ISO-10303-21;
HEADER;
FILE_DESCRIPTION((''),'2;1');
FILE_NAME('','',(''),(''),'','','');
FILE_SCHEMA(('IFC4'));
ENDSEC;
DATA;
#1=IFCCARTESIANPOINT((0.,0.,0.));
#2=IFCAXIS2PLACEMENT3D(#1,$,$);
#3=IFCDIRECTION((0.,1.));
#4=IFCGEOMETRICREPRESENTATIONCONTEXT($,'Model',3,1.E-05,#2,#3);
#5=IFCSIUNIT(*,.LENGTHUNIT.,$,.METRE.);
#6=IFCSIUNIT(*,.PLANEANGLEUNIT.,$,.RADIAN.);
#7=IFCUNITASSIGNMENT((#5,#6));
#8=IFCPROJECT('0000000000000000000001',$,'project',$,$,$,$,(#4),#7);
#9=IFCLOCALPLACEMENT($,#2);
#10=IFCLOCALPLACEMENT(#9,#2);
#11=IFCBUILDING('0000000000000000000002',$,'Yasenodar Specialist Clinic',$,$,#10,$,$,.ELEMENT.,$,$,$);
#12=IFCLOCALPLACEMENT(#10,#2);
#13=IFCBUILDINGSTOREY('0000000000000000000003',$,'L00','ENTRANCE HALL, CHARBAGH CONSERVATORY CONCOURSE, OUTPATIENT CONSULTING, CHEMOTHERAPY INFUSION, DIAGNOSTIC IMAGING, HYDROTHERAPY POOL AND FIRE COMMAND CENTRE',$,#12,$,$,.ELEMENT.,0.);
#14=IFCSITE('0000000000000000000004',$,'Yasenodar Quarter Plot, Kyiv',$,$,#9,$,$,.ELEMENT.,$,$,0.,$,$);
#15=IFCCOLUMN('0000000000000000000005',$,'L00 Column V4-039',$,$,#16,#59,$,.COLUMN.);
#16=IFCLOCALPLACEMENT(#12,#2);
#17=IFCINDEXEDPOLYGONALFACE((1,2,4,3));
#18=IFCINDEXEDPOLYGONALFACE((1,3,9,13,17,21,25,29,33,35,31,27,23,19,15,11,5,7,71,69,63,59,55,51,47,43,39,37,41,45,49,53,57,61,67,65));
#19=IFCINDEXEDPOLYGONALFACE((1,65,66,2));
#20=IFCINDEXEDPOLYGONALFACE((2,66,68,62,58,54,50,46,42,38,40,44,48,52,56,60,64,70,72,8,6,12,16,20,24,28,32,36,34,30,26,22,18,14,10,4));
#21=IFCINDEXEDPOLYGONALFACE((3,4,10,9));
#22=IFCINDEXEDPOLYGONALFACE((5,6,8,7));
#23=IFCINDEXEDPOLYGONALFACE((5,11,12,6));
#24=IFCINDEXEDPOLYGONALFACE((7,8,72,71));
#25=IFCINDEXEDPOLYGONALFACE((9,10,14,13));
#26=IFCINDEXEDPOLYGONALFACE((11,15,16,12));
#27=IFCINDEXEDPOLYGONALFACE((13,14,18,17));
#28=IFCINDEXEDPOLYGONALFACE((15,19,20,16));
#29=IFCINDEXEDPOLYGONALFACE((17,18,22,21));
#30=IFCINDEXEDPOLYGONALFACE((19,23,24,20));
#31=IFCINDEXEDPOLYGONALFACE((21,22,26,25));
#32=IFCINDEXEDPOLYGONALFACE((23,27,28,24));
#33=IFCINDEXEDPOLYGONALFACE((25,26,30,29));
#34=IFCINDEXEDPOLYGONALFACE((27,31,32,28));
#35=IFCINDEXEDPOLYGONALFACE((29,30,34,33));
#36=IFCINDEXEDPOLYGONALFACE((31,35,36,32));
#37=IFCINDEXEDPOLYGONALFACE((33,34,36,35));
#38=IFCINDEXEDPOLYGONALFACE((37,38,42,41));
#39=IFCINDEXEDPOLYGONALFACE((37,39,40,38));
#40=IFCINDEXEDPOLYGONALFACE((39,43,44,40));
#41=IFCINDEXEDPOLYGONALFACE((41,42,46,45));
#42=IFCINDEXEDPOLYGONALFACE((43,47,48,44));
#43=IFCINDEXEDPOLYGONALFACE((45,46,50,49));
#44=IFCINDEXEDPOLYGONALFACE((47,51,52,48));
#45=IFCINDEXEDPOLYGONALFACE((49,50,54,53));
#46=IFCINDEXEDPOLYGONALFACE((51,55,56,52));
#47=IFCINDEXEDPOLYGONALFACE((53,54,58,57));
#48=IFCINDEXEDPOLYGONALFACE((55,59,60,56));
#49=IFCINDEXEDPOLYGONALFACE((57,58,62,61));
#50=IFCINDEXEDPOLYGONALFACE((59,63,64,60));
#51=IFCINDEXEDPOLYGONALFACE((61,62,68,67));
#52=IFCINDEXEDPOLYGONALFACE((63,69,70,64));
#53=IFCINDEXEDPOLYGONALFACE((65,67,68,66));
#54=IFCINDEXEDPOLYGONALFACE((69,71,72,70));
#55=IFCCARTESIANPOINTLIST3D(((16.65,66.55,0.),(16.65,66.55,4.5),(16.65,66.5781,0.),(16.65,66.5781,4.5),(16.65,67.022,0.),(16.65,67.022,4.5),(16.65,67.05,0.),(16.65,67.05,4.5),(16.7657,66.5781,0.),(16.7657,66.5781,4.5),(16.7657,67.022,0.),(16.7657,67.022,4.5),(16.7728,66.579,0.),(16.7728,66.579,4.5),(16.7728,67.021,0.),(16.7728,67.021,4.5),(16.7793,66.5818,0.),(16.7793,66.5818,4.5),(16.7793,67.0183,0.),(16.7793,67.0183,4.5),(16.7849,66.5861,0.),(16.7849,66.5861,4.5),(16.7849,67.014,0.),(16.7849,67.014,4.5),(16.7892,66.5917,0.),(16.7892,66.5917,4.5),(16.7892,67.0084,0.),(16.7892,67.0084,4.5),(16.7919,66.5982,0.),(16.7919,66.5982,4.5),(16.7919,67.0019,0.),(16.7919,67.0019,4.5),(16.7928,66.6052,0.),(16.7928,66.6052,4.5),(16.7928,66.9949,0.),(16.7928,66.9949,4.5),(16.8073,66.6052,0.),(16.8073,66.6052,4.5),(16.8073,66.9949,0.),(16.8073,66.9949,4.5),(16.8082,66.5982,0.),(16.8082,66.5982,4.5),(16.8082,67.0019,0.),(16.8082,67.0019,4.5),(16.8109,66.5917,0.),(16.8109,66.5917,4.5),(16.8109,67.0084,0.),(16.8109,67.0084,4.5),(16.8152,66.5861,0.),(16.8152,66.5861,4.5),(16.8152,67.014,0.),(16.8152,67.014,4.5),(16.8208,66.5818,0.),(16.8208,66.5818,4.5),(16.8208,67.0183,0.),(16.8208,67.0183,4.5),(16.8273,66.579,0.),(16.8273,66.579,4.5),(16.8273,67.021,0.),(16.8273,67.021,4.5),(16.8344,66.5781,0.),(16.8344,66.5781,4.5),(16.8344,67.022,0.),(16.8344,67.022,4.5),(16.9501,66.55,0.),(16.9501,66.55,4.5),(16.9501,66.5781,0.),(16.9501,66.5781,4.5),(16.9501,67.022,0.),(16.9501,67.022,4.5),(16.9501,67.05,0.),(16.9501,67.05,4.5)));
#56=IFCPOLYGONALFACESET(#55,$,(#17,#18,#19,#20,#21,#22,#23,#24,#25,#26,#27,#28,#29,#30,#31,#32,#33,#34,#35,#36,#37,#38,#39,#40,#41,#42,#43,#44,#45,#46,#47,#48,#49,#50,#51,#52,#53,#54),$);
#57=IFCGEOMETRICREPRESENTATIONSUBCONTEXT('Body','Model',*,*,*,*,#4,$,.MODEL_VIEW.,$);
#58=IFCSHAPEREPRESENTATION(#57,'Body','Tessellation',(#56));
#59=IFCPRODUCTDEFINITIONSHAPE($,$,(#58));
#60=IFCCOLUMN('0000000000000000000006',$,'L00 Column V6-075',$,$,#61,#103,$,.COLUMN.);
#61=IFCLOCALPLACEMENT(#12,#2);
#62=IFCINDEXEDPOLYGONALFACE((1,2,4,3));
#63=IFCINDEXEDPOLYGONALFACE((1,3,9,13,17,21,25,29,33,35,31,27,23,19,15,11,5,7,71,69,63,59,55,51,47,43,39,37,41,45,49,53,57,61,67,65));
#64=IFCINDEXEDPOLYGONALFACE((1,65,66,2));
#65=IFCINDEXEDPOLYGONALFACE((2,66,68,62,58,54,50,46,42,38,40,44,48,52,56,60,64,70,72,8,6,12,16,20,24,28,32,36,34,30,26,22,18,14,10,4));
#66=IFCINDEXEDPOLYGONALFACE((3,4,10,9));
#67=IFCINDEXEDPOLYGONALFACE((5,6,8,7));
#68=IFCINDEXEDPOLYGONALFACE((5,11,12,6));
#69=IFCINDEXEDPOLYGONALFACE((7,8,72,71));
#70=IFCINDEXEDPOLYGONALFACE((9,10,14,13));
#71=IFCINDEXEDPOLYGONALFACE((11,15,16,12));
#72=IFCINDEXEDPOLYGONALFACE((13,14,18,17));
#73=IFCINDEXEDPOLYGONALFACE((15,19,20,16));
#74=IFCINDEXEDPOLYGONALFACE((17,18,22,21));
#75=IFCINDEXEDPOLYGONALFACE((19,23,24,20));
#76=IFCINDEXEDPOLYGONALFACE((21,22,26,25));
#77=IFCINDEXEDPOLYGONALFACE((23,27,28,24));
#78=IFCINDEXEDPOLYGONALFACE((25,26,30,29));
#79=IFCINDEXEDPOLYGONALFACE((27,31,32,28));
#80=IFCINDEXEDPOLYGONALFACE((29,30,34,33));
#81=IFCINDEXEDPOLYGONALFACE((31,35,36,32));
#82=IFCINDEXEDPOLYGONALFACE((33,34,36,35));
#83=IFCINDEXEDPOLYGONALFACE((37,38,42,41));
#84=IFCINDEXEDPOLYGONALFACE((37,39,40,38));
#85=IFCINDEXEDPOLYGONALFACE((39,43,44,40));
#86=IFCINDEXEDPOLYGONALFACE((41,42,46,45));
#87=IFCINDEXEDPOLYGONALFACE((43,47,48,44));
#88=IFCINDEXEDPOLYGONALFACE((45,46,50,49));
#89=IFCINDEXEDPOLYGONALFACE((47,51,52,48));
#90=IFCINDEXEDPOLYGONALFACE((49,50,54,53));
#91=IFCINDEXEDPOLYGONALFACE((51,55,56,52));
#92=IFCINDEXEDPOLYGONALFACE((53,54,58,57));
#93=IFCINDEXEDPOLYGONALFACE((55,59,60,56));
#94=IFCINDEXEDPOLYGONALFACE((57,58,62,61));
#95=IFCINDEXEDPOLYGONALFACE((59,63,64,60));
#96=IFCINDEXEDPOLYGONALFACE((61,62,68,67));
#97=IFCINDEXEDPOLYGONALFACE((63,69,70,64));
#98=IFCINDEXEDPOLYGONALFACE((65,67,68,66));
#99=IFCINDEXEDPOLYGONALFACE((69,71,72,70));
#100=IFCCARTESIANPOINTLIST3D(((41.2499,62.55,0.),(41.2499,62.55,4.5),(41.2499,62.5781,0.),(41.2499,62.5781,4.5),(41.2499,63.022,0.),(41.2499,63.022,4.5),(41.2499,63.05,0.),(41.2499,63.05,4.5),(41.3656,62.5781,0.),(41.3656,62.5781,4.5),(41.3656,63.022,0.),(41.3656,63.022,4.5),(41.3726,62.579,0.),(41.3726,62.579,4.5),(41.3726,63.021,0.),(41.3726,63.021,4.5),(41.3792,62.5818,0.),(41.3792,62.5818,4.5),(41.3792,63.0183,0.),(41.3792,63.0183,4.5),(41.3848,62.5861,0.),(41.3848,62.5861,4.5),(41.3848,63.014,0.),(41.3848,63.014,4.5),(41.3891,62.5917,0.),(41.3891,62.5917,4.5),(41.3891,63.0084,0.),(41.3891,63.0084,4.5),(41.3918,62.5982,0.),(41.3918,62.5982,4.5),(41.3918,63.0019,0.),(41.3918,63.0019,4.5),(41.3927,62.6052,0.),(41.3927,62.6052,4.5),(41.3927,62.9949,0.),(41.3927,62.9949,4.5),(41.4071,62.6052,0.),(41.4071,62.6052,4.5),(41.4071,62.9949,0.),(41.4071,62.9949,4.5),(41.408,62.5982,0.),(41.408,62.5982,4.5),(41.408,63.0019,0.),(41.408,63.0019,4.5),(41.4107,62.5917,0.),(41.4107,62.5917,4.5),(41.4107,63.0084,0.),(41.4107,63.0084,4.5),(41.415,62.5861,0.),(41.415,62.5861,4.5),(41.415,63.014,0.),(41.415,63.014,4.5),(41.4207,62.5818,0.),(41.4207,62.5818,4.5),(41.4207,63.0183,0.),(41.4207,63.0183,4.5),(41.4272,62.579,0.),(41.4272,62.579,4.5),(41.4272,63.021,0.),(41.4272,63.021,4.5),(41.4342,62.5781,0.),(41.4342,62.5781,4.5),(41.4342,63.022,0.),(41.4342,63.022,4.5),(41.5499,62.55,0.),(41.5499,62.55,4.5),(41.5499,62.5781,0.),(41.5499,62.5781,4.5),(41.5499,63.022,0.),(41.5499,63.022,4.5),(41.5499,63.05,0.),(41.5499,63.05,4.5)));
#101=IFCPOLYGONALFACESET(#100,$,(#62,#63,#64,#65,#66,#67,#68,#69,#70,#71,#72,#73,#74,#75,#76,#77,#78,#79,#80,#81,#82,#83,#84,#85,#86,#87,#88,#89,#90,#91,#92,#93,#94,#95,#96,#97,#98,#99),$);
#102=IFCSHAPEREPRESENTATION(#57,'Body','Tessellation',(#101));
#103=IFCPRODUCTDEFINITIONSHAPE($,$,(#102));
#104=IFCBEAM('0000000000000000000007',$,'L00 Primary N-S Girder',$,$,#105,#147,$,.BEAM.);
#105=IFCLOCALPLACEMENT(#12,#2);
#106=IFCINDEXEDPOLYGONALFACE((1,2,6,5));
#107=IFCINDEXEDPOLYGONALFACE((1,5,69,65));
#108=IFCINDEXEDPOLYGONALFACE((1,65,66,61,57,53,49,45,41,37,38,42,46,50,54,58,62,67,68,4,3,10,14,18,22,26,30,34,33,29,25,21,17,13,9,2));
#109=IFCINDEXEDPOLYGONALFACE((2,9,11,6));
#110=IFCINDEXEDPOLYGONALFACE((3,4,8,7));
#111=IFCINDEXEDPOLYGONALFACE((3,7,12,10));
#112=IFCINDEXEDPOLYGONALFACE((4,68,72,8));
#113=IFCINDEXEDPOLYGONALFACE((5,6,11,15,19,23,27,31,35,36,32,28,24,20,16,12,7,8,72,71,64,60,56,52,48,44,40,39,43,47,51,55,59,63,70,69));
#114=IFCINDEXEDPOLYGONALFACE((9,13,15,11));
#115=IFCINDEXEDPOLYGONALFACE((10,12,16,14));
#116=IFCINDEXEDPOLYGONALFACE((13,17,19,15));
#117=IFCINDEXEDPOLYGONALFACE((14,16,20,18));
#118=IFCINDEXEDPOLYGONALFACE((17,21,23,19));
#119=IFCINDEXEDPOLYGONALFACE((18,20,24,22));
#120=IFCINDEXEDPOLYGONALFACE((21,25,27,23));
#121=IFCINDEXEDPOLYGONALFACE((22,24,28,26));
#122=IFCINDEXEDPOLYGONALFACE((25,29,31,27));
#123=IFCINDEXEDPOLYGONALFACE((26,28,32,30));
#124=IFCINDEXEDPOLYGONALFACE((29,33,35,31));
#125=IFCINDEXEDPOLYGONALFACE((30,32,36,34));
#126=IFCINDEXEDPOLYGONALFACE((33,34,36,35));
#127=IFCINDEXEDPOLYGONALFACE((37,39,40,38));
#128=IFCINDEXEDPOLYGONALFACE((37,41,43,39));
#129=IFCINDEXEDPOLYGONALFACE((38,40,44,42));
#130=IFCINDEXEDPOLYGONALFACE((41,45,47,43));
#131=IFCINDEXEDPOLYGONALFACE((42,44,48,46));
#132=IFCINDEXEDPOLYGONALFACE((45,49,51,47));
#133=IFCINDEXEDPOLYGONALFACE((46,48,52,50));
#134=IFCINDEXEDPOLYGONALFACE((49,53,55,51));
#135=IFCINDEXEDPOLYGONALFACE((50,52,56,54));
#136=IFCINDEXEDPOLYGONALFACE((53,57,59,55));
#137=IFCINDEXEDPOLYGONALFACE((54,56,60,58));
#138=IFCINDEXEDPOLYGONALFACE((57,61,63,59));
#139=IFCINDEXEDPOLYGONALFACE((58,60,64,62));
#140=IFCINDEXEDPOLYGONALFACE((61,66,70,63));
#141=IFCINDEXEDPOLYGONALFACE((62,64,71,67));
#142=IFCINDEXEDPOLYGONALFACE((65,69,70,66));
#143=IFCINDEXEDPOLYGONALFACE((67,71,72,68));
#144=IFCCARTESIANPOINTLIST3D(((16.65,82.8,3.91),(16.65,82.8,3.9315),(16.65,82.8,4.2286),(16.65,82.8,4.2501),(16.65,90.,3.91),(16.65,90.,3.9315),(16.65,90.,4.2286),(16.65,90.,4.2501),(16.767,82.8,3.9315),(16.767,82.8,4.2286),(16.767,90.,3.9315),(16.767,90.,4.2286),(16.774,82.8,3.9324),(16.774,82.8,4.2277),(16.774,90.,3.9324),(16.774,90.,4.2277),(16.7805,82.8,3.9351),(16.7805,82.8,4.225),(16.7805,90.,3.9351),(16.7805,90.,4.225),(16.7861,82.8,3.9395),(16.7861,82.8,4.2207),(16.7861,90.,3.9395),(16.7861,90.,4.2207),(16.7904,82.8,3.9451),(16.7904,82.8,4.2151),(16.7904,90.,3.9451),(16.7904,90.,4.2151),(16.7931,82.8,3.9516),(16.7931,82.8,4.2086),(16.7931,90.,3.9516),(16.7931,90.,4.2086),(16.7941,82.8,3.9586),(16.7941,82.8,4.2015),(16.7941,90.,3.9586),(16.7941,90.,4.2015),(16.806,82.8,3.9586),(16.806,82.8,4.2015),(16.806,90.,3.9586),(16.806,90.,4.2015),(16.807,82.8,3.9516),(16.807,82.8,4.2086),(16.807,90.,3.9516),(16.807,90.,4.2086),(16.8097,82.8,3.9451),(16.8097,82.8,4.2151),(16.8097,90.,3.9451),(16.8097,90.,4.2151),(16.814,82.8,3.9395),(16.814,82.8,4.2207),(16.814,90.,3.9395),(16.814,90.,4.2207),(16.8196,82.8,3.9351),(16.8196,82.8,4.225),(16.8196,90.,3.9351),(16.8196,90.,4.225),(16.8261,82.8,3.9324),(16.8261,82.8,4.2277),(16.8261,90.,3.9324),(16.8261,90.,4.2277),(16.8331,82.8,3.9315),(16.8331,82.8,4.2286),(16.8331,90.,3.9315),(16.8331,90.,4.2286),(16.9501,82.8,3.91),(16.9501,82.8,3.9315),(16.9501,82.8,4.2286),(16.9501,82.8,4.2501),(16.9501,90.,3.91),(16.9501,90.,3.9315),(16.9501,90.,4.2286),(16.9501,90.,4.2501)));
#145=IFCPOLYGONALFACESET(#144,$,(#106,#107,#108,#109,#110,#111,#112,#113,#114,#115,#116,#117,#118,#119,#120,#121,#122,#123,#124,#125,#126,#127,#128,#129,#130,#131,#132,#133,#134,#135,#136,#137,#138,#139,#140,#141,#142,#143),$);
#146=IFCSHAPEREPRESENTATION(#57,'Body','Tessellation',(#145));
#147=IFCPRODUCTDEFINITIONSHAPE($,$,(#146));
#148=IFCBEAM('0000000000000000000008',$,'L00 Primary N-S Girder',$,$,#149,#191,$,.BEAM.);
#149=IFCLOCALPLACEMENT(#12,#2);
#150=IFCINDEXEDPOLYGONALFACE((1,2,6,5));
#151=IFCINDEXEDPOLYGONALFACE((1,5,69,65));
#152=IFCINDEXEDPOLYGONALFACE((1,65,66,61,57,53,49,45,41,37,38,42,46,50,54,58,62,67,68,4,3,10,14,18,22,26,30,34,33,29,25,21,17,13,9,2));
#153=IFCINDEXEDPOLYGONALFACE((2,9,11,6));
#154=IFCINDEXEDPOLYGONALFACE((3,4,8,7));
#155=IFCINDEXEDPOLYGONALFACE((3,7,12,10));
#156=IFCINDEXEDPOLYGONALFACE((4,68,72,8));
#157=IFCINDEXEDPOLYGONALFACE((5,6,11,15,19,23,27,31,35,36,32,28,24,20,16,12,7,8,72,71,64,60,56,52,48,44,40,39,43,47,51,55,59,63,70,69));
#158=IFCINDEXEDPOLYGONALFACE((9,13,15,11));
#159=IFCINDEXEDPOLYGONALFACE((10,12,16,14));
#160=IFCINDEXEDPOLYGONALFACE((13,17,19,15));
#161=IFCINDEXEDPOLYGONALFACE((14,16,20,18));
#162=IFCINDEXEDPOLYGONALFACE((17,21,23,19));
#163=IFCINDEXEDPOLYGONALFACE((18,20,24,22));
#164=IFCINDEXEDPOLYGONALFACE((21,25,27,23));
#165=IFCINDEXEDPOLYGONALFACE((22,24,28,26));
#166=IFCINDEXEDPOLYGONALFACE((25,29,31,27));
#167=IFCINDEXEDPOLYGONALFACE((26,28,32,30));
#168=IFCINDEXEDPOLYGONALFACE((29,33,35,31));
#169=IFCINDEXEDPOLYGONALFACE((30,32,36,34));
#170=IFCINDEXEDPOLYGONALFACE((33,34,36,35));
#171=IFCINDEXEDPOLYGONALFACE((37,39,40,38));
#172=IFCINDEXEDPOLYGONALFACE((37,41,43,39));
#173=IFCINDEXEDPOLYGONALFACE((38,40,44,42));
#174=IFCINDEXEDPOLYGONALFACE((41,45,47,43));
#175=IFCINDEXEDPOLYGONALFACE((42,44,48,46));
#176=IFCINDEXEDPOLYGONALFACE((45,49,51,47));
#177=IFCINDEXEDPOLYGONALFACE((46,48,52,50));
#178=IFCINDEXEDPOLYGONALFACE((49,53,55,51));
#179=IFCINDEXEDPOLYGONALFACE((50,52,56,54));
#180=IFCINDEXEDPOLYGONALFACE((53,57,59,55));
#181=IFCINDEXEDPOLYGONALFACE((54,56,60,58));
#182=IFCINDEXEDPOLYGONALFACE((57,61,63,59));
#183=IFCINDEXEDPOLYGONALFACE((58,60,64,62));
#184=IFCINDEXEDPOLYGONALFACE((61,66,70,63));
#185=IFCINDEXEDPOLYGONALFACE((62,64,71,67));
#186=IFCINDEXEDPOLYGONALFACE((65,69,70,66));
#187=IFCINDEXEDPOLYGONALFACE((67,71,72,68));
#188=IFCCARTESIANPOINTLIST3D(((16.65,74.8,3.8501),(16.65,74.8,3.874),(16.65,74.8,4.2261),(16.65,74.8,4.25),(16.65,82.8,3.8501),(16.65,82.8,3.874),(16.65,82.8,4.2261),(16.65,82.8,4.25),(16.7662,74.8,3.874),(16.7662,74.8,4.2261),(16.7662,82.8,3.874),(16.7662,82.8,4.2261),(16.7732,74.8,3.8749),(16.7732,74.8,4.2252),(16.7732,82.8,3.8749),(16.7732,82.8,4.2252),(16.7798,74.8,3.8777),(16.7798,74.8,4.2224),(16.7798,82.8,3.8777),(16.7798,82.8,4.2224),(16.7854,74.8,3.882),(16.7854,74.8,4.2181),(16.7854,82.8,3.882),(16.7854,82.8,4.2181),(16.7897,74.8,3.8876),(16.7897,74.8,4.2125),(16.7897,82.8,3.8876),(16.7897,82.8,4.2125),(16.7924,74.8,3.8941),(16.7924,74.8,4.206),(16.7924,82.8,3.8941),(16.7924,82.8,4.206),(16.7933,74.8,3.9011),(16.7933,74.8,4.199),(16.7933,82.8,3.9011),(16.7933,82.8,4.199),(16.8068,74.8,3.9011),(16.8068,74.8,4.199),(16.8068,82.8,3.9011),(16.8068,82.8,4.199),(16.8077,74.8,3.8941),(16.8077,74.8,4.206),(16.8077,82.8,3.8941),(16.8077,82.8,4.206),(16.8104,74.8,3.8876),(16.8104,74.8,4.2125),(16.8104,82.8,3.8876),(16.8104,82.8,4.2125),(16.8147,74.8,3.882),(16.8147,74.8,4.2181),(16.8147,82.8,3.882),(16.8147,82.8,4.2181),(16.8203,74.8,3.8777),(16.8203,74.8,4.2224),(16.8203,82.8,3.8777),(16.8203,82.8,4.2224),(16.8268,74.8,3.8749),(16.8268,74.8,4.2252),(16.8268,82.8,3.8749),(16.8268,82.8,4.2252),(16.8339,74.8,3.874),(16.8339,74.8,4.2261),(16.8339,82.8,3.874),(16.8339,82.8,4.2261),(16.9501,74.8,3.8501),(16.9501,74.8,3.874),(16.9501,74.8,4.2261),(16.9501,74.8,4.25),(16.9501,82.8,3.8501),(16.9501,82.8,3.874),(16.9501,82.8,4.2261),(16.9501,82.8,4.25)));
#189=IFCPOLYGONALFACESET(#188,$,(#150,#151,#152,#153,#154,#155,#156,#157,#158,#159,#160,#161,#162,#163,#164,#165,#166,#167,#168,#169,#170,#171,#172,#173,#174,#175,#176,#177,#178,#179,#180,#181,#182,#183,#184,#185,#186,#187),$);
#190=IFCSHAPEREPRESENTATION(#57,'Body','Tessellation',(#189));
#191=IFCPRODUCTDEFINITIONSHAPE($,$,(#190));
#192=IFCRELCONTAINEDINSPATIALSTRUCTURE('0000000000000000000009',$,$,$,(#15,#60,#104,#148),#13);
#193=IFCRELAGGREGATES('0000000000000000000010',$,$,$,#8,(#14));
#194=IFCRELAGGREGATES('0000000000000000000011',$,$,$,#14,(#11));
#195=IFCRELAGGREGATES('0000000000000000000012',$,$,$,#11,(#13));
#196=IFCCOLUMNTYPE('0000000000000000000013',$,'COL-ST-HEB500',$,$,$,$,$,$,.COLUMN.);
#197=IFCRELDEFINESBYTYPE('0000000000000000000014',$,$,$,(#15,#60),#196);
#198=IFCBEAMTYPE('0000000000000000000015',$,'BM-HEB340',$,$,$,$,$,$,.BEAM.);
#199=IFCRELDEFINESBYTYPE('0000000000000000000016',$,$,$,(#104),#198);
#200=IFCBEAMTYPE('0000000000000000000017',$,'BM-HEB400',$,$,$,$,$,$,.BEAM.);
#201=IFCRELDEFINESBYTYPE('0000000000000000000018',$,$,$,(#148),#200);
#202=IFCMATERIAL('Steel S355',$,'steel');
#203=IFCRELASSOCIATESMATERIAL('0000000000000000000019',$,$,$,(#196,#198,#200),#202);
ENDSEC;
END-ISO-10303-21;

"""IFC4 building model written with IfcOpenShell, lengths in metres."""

from ifc_helpers import new_model, si_unit, direction, frame, origin, origin_2d, place, context, subcontext, project, spatial, i_section, extrude, material, material_profile, profile_set, type_object, element, save


model = new_model("IFC4")

# Units and contexts
model_context = context("Model", 3, precision=1e-05, world=origin(), true_north=direction((0.0, 1.0)))
body_context = subcontext(model_context, "Body", "Model", "MODEL_VIEW")
ifc_project = project(units=[si_unit("LENGTHUNIT", "METRE"), si_unit("PLANEANGLEUNIT", "RADIAN")], contexts=[model_context])

# Site, building, storey
site_placement = place(None, origin())
site = spatial("IfcSite", under=ifc_project, at=site_placement, Name="Yasenodar Quarter Plot, Kyiv", CompositionType="ELEMENT", RefElevation=0.0)
building_placement = place(site_placement, origin())
building = spatial("IfcBuilding", under=site, at=building_placement, Name="Yasenodar Specialist Clinic", CompositionType="ELEMENT")
storey_placement = place(building_placement, origin())
storey = spatial("IfcBuildingStorey", under=building, at=storey_placement, Name="L00", Description="ENTRANCE HALL, CHARBAGH CONSERVATORY CONCOURSE, OUTPATIENT CONSULTING, CHEMOTHERAPY INFUSION, DIAGNOSTIC IMAGING, HYDROTHERAPY POOL AND FIRE COMMAND CENTRE", CompositionType="ELEMENT", Elevation=0.0)

# Columns
ifc_material_1 = material(Name="Steel S355", Category="steel")
ifc_material_profile_1 = material_profile(ifc_material_1, i_section(OverallWidth=0.3, OverallDepth=0.5, WebThickness=0.0144, FlangeThickness=0.0281, FilletRadius=0.0271, at=origin_2d()), Name="HEB 500")
ifc_profile_set_1 = profile_set([ifc_material_profile_1], Name="Steel S355")
column_type_1 = type_object("IfcColumnType", Name="COL-ST-HEB500", PredefinedType="COLUMN", material=ifc_profile_set_1)
for number, where, z_axis, x_axis, name in (
    (1, (16.8, 66.8, 0.0), (0.0, 0.0, 1.0), (1.0, 0.0, 0.0), "L00 Column V4-039"),
    (2, (41.3999, 62.8, 0.0), (0.0, 0.0, 1.0), (1.0, 0.0, 0.0), "L00 Column V6-075"),
):
    element("IfcColumn", number, at=place(storey_placement, frame(where, z_axis=z_axis, x_axis=x_axis)), inside=storey, type_object=column_type_1, Name=name, PredefinedType="COLUMN", context=body_context, shape_type="SweptSolid", body=[
        extrude(i_section(OverallWidth=0.3, OverallDepth=0.5, WebThickness=0.0144, FlangeThickness=0.0281, FilletRadius=0.0271, at=origin_2d()), origin(), (0.0, 0.0, 1.0), 4.5),
    ])

# Beams
ifc_material_profile_2 = material_profile(ifc_material_1, i_section(OverallWidth=0.3, OverallDepth=0.3401, WebThickness=0.012, FlangeThickness=0.0215, FilletRadius=0.0271, at=origin_2d()), Name="HEB 340")
ifc_profile_set_2 = profile_set([ifc_material_profile_2], Name="Steel S355")
beam_type_1 = type_object("IfcBeamType", Name="BM-HEB340", PredefinedType="BEAM", material=ifc_profile_set_2)
beam_1_placement = place(storey_placement, frame((16.8, 82.8, 4.0801), z_axis=(0.0, 1.0, 0.0), x_axis=(-1.0, 0.0, 0.0)))
element("IfcBeam", 3, at=beam_1_placement, inside=storey, type_object=beam_type_1, Name="L00 Primary N-S Girder", PredefinedType="BEAM", context=body_context, shape_type="SweptSolid", body=[
    extrude(i_section(OverallWidth=0.3, OverallDepth=0.3401, WebThickness=0.012, FlangeThickness=0.0215, FilletRadius=0.0271, at=origin_2d()), origin(), (0.0, 0.0, 1.0), 7.2),
])
ifc_material_profile_3 = material_profile(ifc_material_1, i_section(OverallWidth=0.3, OverallDepth=0.3999, WebThickness=0.0134, FlangeThickness=0.0239, FilletRadius=0.0271, at=origin_2d()), Name="HEB 400")
ifc_profile_set_3 = profile_set([ifc_material_profile_3], Name="Steel S355")
beam_type_2 = type_object("IfcBeamType", Name="BM-HEB400", PredefinedType="BEAM", material=ifc_profile_set_3)
beam_2_placement = place(storey_placement, frame((16.8, 74.8, 4.05), z_axis=(0.0, 1.0, 0.0), x_axis=(-1.0, 0.0, 0.0)))
element("IfcBeam", 4, at=beam_2_placement, inside=storey, type_object=beam_type_2, Name="L00 Primary N-S Girder", PredefinedType="BEAM", context=body_context, shape_type="SweptSolid", body=[
    extrude(i_section(OverallWidth=0.3, OverallDepth=0.3999, WebThickness=0.0134, FlangeThickness=0.0239, FilletRadius=0.0271, at=origin_2d()), origin(), (0.0, 0.0, 1.0), 8.0),
])

save(model, "model.ifc")
